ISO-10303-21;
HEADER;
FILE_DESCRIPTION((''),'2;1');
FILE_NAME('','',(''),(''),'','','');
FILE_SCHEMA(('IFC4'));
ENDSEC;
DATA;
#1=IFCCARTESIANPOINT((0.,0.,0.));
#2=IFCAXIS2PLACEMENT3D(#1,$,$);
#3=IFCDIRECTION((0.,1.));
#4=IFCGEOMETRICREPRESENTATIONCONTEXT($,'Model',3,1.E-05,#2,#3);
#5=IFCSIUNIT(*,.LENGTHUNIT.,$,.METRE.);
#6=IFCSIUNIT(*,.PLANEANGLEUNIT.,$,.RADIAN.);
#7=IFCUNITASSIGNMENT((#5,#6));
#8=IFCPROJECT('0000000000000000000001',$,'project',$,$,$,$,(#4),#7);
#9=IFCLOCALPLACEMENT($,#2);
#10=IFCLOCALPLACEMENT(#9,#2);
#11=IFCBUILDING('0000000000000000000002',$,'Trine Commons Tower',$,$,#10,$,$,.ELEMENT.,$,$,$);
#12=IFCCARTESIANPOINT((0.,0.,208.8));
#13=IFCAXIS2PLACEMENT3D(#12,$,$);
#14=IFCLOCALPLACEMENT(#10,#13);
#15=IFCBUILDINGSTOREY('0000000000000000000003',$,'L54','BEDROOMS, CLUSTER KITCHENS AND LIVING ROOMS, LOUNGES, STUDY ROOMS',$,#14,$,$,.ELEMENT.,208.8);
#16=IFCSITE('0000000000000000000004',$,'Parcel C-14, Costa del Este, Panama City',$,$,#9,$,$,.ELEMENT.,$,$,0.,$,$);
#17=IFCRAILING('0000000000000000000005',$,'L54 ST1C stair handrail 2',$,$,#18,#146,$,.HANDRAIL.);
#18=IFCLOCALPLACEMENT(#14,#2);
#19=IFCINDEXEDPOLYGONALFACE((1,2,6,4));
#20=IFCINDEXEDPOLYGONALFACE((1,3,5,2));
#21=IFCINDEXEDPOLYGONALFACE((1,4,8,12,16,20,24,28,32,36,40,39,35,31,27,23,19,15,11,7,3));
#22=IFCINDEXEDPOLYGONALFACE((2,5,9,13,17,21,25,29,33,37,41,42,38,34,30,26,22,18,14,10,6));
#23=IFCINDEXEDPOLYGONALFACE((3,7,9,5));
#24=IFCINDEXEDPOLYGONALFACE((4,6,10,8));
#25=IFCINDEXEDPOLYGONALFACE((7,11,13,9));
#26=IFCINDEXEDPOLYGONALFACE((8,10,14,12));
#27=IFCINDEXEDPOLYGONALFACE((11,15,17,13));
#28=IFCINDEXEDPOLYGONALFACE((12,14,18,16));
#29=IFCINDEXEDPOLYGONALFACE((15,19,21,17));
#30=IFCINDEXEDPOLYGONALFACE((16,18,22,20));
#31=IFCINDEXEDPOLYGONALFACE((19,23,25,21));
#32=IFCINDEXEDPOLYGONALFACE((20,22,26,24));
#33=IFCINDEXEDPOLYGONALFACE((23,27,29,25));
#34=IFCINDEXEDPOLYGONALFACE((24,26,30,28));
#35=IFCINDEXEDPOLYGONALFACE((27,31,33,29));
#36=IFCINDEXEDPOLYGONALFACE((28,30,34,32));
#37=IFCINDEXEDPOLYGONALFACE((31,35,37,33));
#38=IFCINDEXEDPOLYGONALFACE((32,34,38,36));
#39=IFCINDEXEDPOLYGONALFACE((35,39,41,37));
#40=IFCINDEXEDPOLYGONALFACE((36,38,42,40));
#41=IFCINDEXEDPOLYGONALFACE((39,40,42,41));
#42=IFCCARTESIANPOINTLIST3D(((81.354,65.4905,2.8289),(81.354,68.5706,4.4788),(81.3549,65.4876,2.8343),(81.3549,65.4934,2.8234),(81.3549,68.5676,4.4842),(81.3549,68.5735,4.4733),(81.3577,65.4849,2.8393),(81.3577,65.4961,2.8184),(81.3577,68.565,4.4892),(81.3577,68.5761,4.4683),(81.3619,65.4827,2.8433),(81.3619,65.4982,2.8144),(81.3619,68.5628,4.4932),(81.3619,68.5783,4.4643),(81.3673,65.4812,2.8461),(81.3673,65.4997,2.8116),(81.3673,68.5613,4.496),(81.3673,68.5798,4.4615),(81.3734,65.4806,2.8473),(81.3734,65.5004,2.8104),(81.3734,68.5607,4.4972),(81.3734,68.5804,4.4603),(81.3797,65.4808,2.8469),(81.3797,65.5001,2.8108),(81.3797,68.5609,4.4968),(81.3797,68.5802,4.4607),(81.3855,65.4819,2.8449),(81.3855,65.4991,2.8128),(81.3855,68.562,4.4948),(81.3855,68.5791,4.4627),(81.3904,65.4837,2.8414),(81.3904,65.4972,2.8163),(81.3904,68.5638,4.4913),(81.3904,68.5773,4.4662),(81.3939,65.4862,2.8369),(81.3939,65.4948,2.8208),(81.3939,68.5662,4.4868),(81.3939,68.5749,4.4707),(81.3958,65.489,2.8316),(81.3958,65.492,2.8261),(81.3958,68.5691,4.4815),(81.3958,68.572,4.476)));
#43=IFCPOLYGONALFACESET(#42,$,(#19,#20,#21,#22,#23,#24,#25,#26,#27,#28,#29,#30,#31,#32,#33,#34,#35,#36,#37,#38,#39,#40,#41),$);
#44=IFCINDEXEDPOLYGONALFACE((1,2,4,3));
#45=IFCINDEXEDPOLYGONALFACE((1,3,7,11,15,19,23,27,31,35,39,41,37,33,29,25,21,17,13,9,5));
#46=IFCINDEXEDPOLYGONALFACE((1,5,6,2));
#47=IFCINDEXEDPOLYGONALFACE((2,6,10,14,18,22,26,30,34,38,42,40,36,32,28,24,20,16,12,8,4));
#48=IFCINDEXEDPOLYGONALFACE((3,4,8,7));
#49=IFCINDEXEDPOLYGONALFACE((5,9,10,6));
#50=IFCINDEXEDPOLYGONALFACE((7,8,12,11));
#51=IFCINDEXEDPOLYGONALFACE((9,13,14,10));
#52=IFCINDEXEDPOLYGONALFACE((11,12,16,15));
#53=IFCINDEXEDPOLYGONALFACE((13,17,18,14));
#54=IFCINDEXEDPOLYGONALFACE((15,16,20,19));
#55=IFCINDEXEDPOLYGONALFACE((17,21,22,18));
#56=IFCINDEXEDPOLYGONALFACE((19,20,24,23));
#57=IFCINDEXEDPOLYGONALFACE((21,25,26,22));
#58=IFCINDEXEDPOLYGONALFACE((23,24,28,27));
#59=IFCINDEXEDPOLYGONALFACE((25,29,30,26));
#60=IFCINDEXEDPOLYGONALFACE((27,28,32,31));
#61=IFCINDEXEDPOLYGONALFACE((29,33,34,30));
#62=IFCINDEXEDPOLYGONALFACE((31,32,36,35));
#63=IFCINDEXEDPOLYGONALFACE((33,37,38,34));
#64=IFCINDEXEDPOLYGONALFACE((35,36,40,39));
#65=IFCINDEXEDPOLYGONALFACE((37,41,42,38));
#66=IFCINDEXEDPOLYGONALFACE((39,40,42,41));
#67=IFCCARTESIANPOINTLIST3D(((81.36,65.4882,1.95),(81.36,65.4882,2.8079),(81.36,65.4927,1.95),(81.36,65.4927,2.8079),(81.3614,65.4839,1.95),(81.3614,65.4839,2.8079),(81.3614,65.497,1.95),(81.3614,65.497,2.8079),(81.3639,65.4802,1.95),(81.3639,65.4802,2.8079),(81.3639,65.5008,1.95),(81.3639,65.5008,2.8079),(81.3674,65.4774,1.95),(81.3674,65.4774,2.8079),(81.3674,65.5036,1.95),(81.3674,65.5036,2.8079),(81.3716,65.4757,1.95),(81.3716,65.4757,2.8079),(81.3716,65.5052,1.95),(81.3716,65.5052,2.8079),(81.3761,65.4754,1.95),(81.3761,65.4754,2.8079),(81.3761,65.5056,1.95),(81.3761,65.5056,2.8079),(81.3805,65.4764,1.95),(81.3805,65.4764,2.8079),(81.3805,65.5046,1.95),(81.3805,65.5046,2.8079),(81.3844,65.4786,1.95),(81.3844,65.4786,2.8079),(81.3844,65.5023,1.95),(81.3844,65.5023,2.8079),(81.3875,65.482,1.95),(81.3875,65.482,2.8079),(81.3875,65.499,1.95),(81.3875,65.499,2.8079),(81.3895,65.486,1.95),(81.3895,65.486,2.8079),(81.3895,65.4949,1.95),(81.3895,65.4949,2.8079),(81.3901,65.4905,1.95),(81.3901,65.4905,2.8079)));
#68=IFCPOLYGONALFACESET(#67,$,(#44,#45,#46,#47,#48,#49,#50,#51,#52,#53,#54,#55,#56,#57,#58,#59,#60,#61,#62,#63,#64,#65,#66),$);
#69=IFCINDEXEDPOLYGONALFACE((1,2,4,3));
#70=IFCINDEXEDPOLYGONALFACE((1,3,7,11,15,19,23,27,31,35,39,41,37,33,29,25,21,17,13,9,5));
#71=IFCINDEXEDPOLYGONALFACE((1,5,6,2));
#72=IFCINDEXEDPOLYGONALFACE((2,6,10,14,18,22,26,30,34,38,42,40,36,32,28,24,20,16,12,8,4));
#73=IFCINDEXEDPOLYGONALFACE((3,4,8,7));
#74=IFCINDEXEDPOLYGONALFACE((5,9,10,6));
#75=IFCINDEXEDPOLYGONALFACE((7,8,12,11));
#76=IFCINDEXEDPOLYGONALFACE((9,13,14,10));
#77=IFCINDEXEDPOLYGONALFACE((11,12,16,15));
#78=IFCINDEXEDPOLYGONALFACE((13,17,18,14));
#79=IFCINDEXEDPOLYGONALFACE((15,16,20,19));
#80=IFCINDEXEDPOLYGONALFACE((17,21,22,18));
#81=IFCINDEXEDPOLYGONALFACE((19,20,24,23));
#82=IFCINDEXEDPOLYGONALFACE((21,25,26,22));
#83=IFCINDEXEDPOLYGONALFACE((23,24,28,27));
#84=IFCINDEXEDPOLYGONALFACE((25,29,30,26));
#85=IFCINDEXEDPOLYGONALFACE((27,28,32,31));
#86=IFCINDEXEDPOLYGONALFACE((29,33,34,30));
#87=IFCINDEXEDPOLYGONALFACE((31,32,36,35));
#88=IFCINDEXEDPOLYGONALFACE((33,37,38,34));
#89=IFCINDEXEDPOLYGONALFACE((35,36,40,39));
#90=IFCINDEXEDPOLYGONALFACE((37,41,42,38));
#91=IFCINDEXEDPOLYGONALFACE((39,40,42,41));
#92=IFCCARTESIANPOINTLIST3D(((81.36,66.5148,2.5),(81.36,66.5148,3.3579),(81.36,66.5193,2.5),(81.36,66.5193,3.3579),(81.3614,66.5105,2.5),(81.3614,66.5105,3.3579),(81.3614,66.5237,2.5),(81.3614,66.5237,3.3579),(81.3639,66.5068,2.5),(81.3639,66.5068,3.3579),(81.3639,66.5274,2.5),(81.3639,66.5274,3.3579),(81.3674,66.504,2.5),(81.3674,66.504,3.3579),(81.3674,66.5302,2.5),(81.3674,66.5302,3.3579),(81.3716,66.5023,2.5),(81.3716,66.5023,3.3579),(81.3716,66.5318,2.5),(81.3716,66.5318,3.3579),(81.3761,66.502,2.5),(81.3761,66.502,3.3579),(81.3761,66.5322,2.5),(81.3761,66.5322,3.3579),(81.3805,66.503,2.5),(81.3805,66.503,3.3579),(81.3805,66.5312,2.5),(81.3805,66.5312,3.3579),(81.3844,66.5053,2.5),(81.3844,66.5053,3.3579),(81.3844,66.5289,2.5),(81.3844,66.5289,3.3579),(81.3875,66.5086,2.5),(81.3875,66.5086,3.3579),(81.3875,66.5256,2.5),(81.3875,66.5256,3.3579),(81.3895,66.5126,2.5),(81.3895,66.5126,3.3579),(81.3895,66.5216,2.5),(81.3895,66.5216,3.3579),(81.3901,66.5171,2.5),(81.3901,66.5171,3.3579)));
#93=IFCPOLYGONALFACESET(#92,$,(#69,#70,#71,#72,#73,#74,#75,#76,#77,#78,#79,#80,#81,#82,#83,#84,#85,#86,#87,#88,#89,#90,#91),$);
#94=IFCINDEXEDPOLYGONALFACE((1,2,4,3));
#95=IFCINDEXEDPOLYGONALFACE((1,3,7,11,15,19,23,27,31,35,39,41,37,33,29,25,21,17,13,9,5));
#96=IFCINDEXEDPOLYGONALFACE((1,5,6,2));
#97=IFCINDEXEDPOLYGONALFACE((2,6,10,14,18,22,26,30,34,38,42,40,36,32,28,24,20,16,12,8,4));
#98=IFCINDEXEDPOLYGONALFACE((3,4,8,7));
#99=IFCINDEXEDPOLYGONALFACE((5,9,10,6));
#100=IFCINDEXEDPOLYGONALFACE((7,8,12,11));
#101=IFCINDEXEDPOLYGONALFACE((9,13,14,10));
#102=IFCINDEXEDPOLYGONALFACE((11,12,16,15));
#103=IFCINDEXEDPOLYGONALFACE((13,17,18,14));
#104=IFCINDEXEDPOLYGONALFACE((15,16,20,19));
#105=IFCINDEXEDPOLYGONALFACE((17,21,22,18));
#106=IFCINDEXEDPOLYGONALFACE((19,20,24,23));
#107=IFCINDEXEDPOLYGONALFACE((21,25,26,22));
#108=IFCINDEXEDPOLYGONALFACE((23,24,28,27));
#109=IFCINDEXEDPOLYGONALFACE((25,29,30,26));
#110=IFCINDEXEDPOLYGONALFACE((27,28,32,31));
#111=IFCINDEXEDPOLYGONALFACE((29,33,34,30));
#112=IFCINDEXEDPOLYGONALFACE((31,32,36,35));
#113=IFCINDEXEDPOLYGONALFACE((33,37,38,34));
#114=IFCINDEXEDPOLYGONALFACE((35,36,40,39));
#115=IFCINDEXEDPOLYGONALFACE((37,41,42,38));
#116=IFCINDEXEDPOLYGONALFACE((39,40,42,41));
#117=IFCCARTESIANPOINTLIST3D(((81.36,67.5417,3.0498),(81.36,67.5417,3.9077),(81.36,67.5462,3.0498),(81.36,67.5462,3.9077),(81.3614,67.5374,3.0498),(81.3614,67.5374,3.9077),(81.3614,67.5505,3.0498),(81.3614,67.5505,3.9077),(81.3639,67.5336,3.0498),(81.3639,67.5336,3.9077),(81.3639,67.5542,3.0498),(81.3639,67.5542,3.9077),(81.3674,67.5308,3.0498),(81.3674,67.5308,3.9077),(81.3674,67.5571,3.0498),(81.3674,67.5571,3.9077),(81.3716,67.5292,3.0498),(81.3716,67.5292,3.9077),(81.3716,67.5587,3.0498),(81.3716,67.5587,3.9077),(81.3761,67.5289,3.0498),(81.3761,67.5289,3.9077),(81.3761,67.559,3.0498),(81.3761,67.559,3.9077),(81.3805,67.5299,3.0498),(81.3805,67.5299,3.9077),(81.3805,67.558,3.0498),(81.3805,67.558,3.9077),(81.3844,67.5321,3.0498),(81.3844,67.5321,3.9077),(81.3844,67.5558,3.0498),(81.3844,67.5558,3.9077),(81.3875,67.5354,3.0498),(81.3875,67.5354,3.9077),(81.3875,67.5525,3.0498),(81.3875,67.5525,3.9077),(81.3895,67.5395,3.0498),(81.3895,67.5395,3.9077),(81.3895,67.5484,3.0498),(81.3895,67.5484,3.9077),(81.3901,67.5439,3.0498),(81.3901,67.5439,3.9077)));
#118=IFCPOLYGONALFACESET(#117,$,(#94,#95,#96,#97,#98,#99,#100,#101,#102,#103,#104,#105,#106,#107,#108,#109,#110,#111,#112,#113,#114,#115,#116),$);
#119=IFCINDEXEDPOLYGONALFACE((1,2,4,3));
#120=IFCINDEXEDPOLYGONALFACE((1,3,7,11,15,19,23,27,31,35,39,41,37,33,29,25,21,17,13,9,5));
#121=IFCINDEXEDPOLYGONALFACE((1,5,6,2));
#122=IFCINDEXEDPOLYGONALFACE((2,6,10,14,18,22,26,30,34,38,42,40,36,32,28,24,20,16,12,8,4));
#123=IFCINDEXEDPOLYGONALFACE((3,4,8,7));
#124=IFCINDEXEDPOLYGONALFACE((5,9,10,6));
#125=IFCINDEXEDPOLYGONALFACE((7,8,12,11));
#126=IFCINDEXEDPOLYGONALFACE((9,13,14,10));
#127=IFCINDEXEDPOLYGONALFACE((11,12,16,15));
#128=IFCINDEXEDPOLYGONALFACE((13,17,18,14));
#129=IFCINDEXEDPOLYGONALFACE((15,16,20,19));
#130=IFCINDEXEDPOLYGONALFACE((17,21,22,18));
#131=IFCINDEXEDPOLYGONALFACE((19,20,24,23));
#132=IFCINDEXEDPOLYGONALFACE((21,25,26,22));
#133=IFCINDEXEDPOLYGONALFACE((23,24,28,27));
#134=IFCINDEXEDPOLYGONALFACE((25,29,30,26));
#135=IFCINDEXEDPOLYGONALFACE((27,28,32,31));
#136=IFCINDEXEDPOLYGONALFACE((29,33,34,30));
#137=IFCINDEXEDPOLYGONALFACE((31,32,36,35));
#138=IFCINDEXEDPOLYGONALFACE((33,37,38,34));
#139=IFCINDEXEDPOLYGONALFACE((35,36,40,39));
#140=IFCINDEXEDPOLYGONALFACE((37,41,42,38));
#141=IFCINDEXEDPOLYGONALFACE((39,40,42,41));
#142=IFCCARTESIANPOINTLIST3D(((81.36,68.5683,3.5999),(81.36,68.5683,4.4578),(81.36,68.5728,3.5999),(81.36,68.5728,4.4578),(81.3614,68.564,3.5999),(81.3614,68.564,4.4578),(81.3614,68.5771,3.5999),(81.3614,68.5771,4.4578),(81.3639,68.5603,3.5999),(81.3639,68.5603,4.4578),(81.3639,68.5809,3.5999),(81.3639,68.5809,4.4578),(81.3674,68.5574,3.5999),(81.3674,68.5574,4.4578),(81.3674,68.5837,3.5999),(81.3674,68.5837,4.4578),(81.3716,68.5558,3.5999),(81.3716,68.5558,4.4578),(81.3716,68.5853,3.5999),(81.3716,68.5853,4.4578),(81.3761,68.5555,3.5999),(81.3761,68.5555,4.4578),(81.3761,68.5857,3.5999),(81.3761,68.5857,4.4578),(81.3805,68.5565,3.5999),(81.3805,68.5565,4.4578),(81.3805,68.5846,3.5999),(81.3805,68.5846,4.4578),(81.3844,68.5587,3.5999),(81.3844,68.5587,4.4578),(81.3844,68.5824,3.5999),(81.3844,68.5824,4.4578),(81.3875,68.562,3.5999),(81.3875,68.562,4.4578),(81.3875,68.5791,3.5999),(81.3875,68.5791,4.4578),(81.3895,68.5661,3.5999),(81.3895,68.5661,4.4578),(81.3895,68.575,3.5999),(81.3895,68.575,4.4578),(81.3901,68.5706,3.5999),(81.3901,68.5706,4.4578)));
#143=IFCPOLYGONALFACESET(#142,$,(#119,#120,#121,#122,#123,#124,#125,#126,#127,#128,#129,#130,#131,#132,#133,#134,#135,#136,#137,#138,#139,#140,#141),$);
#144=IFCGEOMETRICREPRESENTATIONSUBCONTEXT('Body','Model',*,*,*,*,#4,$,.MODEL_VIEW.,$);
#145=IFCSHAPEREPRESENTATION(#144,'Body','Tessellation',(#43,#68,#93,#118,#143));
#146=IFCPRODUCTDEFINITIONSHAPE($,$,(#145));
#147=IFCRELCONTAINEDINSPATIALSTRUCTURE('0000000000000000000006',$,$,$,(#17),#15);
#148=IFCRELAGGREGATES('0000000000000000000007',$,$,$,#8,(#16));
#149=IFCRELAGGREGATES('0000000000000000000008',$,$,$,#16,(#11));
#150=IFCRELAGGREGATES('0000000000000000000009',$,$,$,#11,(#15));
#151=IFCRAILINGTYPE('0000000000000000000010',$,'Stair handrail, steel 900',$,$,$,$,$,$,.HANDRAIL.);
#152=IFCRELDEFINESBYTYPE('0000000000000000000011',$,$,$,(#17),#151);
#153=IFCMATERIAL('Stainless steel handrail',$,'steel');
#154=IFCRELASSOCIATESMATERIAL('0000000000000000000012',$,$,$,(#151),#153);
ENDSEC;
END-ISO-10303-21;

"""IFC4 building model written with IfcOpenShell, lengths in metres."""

from ifc_helpers import new_model, si_unit, direction, frame, origin, origin_2d, place, context, subcontext, project, spatial, circle, extrude, material, type_object, element, save


model = new_model("IFC4")

# Units and contexts
model_context = context("Model", 3, precision=1e-05, world=origin(), true_north=direction((0.0, 1.0)))
body_context = subcontext(model_context, "Body", "Model", "MODEL_VIEW")
ifc_project = project(units=[si_unit("LENGTHUNIT", "METRE"), si_unit("PLANEANGLEUNIT", "RADIAN")], contexts=[model_context])

# Site, building, storey
site_placement = place(None, origin())
site = spatial("IfcSite", under=ifc_project, at=site_placement, Name="Parcel C-14, Costa del Este, Panama City", CompositionType="ELEMENT", RefElevation=0.0)
building_placement = place(site_placement, origin())
building = spatial("IfcBuilding", under=site, at=building_placement, Name="Trine Commons Tower", CompositionType="ELEMENT")
storey_placement = place(building_placement, frame((0.0, 0.0, 208.8)))
storey = spatial("IfcBuildingStorey", under=building, at=storey_placement, Name="L54", Description="BEDROOMS, CLUSTER KITCHENS AND LIVING ROOMS, LOUNGES, STUDY ROOMS", CompositionType="ELEMENT", Elevation=208.8)

# Railing
ifc_material_1 = material(Name="Stainless steel handrail", Category="steel")
railing_type_1 = type_object("IfcRailingType", Name="Stair handrail, steel 900", PredefinedType="HANDRAIL", material=ifc_material_1)
railing_1_placement = place(storey_placement, frame((81.375, 65.4905, 1.95)))
element("IfcRailing", 1, at=railing_1_placement, inside=storey, type_object=railing_type_1, Name="L54 ST1C stair handrail 2", PredefinedType="HANDRAIL", context=body_context, shape_type="SweptSolid", body=[
    extrude(circle(Radius=0.021, at=origin_2d()), frame((0.0, 0.0, 0.8789), z_axis=(0.0, 0.881497, 0.47219), x_axis=(-1.0, 0.0, 0.0)), (0.0, 0.0, 1.0), 3.4941),
    extrude(circle(Radius=0.0151, at=origin_2d()), origin(), (0.0, 0.0, 1.0), 0.8579),
    extrude(circle(Radius=0.0151, at=origin_2d()), frame((0.0, 1.0266, 0.55)), (0.0, 0.0, 1.0), 0.8579),
    extrude(circle(Radius=0.0151, at=origin_2d()), frame((0.0, 2.0535, 1.0999)), (0.0, 0.0, 1.0), 0.8579),
    extrude(circle(Radius=0.0151, at=origin_2d()), frame((0.0, 3.0801, 1.6499)), (0.0, 0.0, 1.0), 0.8579),
])

save(model, "model.ifc")
